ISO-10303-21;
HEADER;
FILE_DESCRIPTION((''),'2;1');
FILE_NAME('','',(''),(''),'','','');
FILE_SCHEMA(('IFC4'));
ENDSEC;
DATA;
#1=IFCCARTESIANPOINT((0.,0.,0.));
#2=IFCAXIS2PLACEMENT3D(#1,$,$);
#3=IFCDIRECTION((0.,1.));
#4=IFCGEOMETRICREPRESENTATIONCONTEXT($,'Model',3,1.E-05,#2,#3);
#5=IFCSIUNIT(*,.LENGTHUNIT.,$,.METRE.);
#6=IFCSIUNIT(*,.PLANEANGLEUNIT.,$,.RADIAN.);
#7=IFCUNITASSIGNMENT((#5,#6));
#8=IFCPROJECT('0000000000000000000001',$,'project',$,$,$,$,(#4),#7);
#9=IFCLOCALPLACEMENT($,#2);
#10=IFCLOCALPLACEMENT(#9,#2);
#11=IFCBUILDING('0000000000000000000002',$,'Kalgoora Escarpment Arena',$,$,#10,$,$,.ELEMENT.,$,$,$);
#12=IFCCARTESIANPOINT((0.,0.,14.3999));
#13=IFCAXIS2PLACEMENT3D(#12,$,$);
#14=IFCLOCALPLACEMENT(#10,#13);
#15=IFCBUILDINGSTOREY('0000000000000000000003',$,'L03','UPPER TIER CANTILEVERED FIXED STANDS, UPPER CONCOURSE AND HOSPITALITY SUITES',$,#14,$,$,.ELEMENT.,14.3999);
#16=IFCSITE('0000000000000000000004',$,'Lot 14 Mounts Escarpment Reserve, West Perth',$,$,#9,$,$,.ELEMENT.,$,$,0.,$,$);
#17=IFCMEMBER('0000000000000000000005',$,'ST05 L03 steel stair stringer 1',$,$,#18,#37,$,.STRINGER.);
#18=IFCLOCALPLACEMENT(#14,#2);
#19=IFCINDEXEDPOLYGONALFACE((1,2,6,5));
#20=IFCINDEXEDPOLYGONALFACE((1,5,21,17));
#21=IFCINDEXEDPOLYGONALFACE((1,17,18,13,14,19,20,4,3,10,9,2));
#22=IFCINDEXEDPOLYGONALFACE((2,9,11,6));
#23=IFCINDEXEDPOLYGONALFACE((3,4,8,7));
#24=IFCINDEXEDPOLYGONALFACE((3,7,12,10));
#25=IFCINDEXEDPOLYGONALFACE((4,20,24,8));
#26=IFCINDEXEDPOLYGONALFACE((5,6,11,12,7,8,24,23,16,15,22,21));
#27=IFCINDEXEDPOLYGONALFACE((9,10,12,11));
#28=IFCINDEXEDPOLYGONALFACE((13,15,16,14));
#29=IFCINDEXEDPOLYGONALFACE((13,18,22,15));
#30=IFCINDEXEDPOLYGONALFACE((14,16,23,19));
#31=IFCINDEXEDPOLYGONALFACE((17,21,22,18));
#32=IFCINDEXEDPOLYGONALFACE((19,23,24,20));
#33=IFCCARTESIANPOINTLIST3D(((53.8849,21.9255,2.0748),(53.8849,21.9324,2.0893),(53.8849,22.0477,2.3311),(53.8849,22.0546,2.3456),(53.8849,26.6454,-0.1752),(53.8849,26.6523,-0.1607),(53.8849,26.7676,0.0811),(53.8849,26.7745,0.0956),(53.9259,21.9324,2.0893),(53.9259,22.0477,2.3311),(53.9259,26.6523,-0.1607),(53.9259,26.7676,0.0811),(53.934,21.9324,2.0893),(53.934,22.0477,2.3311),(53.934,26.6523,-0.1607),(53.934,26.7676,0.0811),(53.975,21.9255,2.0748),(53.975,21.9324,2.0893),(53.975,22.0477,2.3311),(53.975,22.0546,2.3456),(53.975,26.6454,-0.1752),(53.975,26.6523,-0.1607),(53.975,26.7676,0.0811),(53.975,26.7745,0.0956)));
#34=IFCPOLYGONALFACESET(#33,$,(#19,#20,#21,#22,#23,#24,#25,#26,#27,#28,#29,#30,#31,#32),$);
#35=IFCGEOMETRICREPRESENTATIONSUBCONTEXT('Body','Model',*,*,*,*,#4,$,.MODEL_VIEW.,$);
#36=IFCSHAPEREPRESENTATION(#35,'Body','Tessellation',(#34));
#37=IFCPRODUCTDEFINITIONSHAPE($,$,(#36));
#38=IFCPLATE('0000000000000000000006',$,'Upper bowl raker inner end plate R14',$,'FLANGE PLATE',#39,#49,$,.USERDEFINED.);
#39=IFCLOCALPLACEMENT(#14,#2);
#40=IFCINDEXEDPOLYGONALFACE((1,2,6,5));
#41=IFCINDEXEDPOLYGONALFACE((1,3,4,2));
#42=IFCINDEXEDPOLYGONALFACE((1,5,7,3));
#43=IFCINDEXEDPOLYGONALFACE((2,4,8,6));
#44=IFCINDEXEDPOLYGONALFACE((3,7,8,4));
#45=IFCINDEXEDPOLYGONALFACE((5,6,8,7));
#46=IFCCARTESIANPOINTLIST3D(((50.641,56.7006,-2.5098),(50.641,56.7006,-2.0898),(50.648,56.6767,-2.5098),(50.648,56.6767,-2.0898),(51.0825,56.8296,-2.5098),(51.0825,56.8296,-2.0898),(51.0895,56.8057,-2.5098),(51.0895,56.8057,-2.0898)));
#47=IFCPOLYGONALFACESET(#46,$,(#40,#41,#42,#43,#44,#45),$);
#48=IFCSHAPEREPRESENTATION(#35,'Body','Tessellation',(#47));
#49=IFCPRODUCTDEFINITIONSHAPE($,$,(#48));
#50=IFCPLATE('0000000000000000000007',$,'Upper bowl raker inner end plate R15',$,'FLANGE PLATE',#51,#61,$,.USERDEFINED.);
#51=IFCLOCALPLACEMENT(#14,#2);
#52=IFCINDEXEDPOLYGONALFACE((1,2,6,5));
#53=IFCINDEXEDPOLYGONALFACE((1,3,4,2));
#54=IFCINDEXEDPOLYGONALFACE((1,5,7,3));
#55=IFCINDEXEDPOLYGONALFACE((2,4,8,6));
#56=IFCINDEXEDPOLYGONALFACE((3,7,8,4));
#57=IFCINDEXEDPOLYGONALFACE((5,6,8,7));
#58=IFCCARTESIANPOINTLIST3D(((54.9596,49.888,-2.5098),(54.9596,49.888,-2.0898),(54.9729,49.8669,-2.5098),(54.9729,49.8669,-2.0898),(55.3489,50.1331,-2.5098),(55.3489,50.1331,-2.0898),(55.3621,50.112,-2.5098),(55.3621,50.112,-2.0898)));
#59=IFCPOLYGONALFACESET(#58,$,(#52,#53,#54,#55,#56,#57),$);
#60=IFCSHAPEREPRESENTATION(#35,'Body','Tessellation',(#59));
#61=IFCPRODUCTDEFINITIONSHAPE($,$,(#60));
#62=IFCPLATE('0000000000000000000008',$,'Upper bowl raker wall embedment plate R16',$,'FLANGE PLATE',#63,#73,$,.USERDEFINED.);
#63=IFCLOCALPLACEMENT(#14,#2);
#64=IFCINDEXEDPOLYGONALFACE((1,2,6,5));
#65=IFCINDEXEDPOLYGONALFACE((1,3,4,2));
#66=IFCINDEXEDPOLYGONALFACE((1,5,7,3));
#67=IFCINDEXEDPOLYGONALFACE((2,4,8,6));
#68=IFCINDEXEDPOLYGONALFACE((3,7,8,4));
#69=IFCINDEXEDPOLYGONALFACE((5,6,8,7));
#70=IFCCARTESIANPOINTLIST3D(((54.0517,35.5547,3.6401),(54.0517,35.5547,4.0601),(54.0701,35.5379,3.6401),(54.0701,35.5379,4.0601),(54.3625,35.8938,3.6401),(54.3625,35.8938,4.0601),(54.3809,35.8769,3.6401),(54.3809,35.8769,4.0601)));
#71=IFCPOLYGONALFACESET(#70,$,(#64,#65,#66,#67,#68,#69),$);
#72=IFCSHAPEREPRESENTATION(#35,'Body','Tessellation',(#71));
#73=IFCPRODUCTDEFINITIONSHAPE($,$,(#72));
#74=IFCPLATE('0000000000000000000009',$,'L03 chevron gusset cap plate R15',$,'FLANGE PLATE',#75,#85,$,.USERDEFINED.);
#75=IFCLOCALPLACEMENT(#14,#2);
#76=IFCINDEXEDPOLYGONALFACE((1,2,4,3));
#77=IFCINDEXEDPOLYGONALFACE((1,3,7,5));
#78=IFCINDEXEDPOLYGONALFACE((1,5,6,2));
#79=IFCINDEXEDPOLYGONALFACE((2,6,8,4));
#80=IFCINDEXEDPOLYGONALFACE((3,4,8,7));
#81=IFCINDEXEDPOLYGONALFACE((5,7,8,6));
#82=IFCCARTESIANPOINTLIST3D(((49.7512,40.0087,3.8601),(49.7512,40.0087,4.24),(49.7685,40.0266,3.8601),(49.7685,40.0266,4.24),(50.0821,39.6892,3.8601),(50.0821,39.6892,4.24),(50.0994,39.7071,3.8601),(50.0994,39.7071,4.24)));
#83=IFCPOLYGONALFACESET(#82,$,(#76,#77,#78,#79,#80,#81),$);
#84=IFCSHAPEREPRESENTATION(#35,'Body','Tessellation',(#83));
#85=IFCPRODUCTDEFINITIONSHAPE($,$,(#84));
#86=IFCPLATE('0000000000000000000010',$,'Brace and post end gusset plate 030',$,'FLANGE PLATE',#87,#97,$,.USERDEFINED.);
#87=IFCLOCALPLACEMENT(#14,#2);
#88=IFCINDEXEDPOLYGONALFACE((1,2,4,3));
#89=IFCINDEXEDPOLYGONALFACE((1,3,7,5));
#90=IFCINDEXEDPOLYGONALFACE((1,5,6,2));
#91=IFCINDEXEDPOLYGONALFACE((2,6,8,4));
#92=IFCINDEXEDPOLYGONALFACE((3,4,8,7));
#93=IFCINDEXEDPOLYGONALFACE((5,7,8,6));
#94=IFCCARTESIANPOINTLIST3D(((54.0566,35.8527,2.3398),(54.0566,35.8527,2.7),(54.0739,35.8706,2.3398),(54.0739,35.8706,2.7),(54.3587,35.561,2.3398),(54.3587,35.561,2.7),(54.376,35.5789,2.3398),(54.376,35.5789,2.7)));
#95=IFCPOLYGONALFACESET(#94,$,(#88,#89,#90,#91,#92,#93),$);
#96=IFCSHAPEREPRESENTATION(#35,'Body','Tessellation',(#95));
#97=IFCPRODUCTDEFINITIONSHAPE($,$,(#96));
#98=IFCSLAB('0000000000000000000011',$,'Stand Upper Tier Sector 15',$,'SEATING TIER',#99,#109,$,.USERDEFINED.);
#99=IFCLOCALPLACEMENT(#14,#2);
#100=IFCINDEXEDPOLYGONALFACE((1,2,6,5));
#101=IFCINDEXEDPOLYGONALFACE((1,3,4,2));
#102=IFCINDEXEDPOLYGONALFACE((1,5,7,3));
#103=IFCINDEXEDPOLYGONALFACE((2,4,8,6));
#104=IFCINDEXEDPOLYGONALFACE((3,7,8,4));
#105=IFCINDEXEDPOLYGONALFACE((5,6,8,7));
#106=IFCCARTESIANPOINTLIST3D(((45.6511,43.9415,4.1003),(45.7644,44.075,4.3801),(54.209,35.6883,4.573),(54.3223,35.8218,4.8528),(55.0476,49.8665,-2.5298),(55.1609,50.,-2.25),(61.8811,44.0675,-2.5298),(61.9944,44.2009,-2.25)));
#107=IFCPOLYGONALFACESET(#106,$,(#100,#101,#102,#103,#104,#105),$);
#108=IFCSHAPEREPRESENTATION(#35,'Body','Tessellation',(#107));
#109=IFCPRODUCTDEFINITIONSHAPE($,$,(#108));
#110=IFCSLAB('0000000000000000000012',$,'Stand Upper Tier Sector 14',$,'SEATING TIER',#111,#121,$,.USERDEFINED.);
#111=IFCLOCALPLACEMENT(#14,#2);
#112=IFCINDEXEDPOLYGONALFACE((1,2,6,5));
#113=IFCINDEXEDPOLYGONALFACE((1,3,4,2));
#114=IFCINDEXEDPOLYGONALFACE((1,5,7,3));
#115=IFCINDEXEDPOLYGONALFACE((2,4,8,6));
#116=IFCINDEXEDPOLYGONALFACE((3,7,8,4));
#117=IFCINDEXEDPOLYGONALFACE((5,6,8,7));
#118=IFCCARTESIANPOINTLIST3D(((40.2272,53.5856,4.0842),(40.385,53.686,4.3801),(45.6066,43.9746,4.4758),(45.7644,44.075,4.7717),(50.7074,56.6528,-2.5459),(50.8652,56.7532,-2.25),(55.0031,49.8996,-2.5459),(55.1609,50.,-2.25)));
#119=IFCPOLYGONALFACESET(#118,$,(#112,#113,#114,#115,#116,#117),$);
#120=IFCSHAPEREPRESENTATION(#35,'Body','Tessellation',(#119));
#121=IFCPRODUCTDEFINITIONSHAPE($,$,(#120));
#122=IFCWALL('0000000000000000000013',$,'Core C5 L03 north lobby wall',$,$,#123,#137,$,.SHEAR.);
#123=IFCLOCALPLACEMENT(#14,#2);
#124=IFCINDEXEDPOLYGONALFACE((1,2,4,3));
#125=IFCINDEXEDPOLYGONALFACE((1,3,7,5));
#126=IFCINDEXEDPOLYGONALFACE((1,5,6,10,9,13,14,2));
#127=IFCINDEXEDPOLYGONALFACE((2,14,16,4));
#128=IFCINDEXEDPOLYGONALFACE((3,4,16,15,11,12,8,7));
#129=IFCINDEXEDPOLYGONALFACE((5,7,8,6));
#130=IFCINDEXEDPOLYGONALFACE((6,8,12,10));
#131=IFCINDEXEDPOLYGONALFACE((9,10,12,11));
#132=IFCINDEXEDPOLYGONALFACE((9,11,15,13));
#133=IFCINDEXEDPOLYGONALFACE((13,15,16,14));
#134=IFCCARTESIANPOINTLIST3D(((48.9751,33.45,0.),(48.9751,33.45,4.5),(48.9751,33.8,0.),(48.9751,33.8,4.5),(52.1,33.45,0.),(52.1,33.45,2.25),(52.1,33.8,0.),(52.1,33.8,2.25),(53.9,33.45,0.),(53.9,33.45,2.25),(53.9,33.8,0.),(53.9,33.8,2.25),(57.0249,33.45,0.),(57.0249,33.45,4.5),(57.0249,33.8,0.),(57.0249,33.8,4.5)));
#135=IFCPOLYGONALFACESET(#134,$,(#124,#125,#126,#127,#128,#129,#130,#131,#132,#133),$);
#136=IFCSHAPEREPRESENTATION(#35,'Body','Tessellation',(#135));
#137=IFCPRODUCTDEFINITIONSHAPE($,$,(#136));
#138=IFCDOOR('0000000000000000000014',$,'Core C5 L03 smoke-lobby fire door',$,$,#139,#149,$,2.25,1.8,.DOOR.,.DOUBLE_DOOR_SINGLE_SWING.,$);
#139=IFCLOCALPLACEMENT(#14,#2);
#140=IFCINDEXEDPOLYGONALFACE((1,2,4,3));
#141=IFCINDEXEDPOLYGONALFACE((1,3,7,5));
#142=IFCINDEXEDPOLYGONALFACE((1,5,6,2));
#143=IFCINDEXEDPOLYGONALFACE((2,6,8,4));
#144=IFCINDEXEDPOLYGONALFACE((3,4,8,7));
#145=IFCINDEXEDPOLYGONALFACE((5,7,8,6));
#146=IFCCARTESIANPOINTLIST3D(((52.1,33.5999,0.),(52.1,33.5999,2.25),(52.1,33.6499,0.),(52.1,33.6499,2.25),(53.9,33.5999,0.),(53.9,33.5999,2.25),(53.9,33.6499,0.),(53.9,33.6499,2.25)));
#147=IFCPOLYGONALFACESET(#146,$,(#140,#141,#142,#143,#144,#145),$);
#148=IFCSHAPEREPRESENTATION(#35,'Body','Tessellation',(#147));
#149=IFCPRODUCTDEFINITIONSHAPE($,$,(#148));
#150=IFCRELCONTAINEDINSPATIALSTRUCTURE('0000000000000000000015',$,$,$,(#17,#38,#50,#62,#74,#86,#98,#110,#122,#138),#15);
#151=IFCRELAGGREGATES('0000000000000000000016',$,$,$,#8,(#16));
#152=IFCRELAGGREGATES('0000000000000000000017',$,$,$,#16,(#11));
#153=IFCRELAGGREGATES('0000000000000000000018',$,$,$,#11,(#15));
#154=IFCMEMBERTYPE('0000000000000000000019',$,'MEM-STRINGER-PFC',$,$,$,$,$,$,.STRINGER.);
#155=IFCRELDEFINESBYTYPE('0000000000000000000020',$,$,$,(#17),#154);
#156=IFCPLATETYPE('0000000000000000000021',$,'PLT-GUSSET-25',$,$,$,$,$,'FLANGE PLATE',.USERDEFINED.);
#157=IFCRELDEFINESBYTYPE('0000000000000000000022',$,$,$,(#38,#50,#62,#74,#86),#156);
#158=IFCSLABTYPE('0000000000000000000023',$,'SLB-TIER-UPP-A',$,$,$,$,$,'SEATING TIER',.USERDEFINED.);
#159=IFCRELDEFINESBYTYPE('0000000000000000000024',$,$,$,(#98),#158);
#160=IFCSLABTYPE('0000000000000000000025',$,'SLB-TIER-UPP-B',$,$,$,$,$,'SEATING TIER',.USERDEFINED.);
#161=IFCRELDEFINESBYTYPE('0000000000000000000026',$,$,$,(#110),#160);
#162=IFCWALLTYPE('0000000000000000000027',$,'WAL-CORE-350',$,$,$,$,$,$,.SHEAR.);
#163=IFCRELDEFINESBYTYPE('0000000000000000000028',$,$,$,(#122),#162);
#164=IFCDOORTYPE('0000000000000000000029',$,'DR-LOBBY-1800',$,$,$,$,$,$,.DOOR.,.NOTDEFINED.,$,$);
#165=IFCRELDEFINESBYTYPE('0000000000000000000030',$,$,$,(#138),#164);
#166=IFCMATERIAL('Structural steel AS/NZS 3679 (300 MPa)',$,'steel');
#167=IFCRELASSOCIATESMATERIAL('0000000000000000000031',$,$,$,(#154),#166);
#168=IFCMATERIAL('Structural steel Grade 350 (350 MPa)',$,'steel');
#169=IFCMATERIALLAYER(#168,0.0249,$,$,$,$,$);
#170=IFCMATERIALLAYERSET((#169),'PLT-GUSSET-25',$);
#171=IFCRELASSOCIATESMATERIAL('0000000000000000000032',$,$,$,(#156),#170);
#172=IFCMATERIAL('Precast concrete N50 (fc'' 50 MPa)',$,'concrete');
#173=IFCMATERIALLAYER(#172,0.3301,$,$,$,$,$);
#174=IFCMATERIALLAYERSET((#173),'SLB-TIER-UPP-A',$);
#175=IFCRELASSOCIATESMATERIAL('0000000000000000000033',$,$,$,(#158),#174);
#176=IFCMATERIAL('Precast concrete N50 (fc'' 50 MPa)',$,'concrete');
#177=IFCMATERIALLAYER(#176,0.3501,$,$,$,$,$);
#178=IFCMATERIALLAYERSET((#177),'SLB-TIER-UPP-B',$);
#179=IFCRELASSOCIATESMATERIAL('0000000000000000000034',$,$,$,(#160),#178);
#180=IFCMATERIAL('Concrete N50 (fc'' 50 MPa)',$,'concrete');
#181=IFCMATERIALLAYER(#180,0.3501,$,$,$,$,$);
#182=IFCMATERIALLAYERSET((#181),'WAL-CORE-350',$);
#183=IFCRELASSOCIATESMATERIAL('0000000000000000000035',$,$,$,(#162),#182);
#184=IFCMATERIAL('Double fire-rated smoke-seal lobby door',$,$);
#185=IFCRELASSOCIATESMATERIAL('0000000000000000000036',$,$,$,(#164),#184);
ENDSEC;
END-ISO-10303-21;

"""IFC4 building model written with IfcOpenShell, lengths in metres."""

from ifc_helpers import new_model, si_unit, direction, frame, frame_2d, origin, origin_2d, place, context, subcontext, project, spatial, polyline, rectangle, i_section, outline, extrude, material, layer, layer_set, material_profile, profile_set, type_object, element, fill, save


model = new_model("IFC4")

# Units and contexts
model_context = context("Model", 3, precision=1e-05, world=origin(), true_north=direction((0.0, 1.0)))
body_context = subcontext(model_context, "Body", "Model", "MODEL_VIEW")
ifc_project = project(units=[si_unit("LENGTHUNIT", "METRE"), si_unit("PLANEANGLEUNIT", "RADIAN")], contexts=[model_context])

# Site, building, storey
site_placement = place(None, origin())
site = spatial("IfcSite", under=ifc_project, at=site_placement, Name="Lot 14 Mounts Escarpment Reserve, West Perth", CompositionType="ELEMENT", RefElevation=0.0)
building_placement = place(site_placement, origin())
building = spatial("IfcBuilding", under=site, at=building_placement, Name="Kalgoora Escarpment Arena", CompositionType="ELEMENT")
storey_placement = place(building_placement, frame((0.0, 0.0, 14.3999)))
storey = spatial("IfcBuildingStorey", under=building, at=storey_placement, Name="L03", Description="UPPER TIER CANTILEVERED FIXED STANDS, UPPER CONCOURSE AND HOSPITALITY SUITES", CompositionType="ELEMENT", Elevation=14.3999)

# Member
ifc_material_1 = material(Name="Structural steel AS/NZS 3679 (300 MPa)", Category="steel")
ifc_material_profile_1 = material_profile(ifc_material_1, i_section(OverallWidth=0.0901, OverallDepth=0.3, WebThickness=0.0081, FlangeThickness=0.0161, at=origin_2d()))
ifc_profile_set_1 = profile_set([ifc_material_profile_1], Name="Structural steel AS/NZS 3679 (300 MPa)")
member_type_1 = type_object("IfcMemberType", Name="MEM-STRINGER-PFC", PredefinedType="STRINGER", material=ifc_profile_set_1)
member_1_placement = place(storey_placement, frame((53.9299, 26.71, -0.0398), z_axis=(0.0, -0.902683, 0.430307), x_axis=(1.0, 0.0, 0.0)))
element("IfcMember", 1, at=member_1_placement, inside=storey, type_object=member_type_1, Name="ST05 L03 steel stair stringer 1", PredefinedType="STRINGER", context=body_context, shape_type="SweptSolid", body=[
    extrude(i_section(OverallWidth=0.0901, OverallDepth=0.3, WebThickness=0.0081, FlangeThickness=0.0161, at=origin_2d()), origin(), (0.0, 0.0, 1.0), 5.2288),
])

# Plates
ifc_material_2 = material(Name="Structural steel Grade 350 (350 MPa)", Category="steel")
ifc_layer_1 = layer(ifc_material_2, 0.0249)
ifc_layer_set_1 = layer_set([ifc_layer_1], Name="PLT-GUSSET-25")
plate_type = type_object("IfcPlateType", Name="PLT-GUSSET-25", ElementType="FLANGE PLATE", PredefinedType="USERDEFINED", material=ifc_layer_set_1)
for number, where, z_axis, x_axis, name in (
    (2, (50.8652, 56.7532, -2.5098), (0.0, 0.0, 1.0), (-0.959854, -0.280499, 0.0), "Upper bowl raker inner end plate R14"),
    (3, (55.1609, 50.0, -2.5098), (0.0, 0.0, 1.0), (-0.846193, -0.532876, 0.0), "Upper bowl raker inner end plate R15"),
    (4, (54.2163, 35.7158, 3.6401), (0.0, 0.0, 1.0), (-0.675719, -0.737159, 0.0), "Upper bowl raker wall embedment plate R16"),
):
    element("IfcPlate", number, at=place(storey_placement, frame(where, z_axis=z_axis, x_axis=x_axis)), inside=storey, type_object=plate_type, Name=name, ObjectType="FLANGE PLATE", PredefinedType="USERDEFINED", context=body_context, shape_type="SweptSolid", body=[
        extrude(rectangle(XDim=0.46, YDim=0.0249, at=origin_2d()), origin(), (0.0, 0.0, 1.0), 0.4199),
    ])
plate_1_placement = place(storey_placement, frame((49.9253, 39.8579, 3.8601), z_axis=(0.0, 0.0, 1.0), x_axis=(0.719461, -0.694533, 0.0)))
element("IfcPlate", 5, at=plate_1_placement, inside=storey, type_object=plate_type, Name="L03 chevron gusset cap plate R15", ObjectType="FLANGE PLATE", PredefinedType="USERDEFINED", context=body_context, shape_type="SweptSolid", body=[
    extrude(rectangle(XDim=0.46, YDim=0.0249, at=origin_2d()), origin(), (0.0, 0.0, 1.0), 0.3799),
])
plate_2_placement = place(storey_placement, frame((54.2163, 35.7158, 2.3398), z_axis=(0.0, 0.0, 1.0), x_axis=(-0.71934, 0.694658, 0.0)))
element("IfcPlate", 6, at=plate_2_placement, inside=storey, type_object=plate_type, Name="Brace and post end gusset plate 030", ObjectType="FLANGE PLATE", PredefinedType="USERDEFINED", context=body_context, shape_type="SweptSolid", body=[
    extrude(rectangle(XDim=0.4199, YDim=0.0249, at=origin_2d()), origin(), (0.0, 0.0, 1.0), 0.3601),
])

# Slabs
ifc_material_3 = material(Name="Precast concrete N50 (fc' 50 MPa)", Category="concrete")
ifc_layer_2 = layer(ifc_material_3, 0.3301)
ifc_layer_set_2 = layer_set([ifc_layer_2], Name="SLB-TIER-UPP-A")
slab_type_1 = type_object("IfcSlabType", Name="SLB-TIER-UPP-A", ElementType="SEATING TIER", PredefinedType="USERDEFINED", material=ifc_layer_set_2)
slab_1_placement = place(storey_placement, frame((55.1609, 50.0, -2.25), z_axis=(0.343179, 0.404397, 0.847757), x_axis=(0.762457, -0.647039, 0.000001)))
element("IfcSlab", 7, at=slab_1_placement, inside=storey, type_object=slab_type_1, Name="Stand Upper Tier Sector 15", ObjectType="SEATING TIER", PredefinedType="USERDEFINED", context=body_context, shape_type="SweptSolid", body=[
    extrude(outline(polyline([(0.0, 0.0), (8.9625, 0.0), (8.5345, -13.3917), (-3.3307, -12.5006), (0.0, 0.0)])), origin(), (0.0, 0.0, -1.0), 0.3301),
])
ifc_material_4 = material(Name="Precast concrete N50 (fc' 50 MPa)", Category="concrete")
ifc_layer_3 = layer(ifc_material_4, 0.3501)
ifc_layer_set_3 = layer_set([ifc_layer_3], Name="SLB-TIER-UPP-B")
slab_type_2 = type_object("IfcSlabType", Name="SLB-TIER-UPP-B", ElementType="SEATING TIER", PredefinedType="USERDEFINED", material=ifc_layer_set_3)
slab_2_placement = place(storey_placement, frame((50.8652, 56.7532, -2.25), z_axis=(0.450831, 0.286773, 0.845288), x_axis=(0.536714, -0.843764, 0.000001)))
element("IfcSlab", 8, at=slab_2_placement, inside=storey, type_object=slab_type_2, Name="Stand Upper Tier Sector 14", ObjectType="SEATING TIER", PredefinedType="USERDEFINED", context=body_context, shape_type="SweptSolid", body=[
    extrude(outline(polyline([(0.0, 0.0), (8.0036, 0.0), (7.9597, -13.1416), (-3.0369, -12.4088), (0.0, 0.0)])), origin(), (0.0, 0.0, -1.0), 0.3501),
])

# Wall, opening, door
ifc_material_5 = material(Name="Concrete N50 (fc' 50 MPa)", Category="concrete")
ifc_layer_4 = layer(ifc_material_5, 0.3501)
ifc_layer_set_4 = layer_set([ifc_layer_4], Name="WAL-CORE-350")
wall_type_1 = type_object("IfcWallType", Name="WAL-CORE-350", PredefinedType="SHEAR", material=ifc_layer_set_4)
wall_1_placement = place(storey_placement, frame((48.9751, 33.625, 0.0), z_axis=(0.0, 0.0, 1.0), x_axis=(1.0, 0.0, 0.0)))
wall_1 = element("IfcWall", 9, at=wall_1_placement, inside=storey, type_object=wall_type_1, Name="Core C5 L03 north lobby wall", PredefinedType="SHEAR", context=body_context, shape_type="SweptSolid", body=[
    extrude(rectangle(XDim=8.0498, YDim=0.3501, at=frame_2d((4.0249, 0.0))), origin(), (0.0, 0.0, 1.0), 4.5),
])
opening_1_placement = place(wall_1_placement, frame((3.125, 0.0, 0.0)))
opening_1 = element("IfcOpeningElement", 10, at=opening_1_placement, cuts=wall_1, PredefinedType="OPENING", context=body_context, shape_type="SweptSolid", body=[
    extrude(rectangle(XDim=1.8, YDim=2.25, at=frame_2d((0.8999, 1.125))), frame((0.0, 0.1851, 0.0), z_axis=(0.0, -1.0, 0.0), x_axis=(1.0, 0.0, 0.0)), (0.0, 0.0, 1.0), 0.3701),
])
ifc_material_6 = material(Name="Double fire-rated smoke-seal lobby door")
door_type_1 = type_object("IfcDoorType", Name="DR-LOBBY-1800", OperationType="NOTDEFINED", PredefinedType="DOOR", material=ifc_material_6)
door_1_placement = place(opening_1_placement, origin())
door_1 = element("IfcDoor", 11, at=door_1_placement, inside=storey, type_object=door_type_1, Name="Core C5 L03 smoke-lobby fire door", OperationType="DOUBLE_DOOR_SINGLE_SWING", OverallHeight=2.25, OverallWidth=1.8, PredefinedType="DOOR", context=body_context, shape_type="SweptSolid", body=[
    extrude(rectangle(XDim=1.8, YDim=2.25, at=frame_2d((0.8999, 1.125))), frame((0.0, 0.0249, 0.0), z_axis=(0.0, -1.0, 0.0), x_axis=(1.0, 0.0, 0.0)), (0.0, 0.0, 1.0), 0.05),
])
fill(opening_1, door_1)

save(model, "model.ifc")
